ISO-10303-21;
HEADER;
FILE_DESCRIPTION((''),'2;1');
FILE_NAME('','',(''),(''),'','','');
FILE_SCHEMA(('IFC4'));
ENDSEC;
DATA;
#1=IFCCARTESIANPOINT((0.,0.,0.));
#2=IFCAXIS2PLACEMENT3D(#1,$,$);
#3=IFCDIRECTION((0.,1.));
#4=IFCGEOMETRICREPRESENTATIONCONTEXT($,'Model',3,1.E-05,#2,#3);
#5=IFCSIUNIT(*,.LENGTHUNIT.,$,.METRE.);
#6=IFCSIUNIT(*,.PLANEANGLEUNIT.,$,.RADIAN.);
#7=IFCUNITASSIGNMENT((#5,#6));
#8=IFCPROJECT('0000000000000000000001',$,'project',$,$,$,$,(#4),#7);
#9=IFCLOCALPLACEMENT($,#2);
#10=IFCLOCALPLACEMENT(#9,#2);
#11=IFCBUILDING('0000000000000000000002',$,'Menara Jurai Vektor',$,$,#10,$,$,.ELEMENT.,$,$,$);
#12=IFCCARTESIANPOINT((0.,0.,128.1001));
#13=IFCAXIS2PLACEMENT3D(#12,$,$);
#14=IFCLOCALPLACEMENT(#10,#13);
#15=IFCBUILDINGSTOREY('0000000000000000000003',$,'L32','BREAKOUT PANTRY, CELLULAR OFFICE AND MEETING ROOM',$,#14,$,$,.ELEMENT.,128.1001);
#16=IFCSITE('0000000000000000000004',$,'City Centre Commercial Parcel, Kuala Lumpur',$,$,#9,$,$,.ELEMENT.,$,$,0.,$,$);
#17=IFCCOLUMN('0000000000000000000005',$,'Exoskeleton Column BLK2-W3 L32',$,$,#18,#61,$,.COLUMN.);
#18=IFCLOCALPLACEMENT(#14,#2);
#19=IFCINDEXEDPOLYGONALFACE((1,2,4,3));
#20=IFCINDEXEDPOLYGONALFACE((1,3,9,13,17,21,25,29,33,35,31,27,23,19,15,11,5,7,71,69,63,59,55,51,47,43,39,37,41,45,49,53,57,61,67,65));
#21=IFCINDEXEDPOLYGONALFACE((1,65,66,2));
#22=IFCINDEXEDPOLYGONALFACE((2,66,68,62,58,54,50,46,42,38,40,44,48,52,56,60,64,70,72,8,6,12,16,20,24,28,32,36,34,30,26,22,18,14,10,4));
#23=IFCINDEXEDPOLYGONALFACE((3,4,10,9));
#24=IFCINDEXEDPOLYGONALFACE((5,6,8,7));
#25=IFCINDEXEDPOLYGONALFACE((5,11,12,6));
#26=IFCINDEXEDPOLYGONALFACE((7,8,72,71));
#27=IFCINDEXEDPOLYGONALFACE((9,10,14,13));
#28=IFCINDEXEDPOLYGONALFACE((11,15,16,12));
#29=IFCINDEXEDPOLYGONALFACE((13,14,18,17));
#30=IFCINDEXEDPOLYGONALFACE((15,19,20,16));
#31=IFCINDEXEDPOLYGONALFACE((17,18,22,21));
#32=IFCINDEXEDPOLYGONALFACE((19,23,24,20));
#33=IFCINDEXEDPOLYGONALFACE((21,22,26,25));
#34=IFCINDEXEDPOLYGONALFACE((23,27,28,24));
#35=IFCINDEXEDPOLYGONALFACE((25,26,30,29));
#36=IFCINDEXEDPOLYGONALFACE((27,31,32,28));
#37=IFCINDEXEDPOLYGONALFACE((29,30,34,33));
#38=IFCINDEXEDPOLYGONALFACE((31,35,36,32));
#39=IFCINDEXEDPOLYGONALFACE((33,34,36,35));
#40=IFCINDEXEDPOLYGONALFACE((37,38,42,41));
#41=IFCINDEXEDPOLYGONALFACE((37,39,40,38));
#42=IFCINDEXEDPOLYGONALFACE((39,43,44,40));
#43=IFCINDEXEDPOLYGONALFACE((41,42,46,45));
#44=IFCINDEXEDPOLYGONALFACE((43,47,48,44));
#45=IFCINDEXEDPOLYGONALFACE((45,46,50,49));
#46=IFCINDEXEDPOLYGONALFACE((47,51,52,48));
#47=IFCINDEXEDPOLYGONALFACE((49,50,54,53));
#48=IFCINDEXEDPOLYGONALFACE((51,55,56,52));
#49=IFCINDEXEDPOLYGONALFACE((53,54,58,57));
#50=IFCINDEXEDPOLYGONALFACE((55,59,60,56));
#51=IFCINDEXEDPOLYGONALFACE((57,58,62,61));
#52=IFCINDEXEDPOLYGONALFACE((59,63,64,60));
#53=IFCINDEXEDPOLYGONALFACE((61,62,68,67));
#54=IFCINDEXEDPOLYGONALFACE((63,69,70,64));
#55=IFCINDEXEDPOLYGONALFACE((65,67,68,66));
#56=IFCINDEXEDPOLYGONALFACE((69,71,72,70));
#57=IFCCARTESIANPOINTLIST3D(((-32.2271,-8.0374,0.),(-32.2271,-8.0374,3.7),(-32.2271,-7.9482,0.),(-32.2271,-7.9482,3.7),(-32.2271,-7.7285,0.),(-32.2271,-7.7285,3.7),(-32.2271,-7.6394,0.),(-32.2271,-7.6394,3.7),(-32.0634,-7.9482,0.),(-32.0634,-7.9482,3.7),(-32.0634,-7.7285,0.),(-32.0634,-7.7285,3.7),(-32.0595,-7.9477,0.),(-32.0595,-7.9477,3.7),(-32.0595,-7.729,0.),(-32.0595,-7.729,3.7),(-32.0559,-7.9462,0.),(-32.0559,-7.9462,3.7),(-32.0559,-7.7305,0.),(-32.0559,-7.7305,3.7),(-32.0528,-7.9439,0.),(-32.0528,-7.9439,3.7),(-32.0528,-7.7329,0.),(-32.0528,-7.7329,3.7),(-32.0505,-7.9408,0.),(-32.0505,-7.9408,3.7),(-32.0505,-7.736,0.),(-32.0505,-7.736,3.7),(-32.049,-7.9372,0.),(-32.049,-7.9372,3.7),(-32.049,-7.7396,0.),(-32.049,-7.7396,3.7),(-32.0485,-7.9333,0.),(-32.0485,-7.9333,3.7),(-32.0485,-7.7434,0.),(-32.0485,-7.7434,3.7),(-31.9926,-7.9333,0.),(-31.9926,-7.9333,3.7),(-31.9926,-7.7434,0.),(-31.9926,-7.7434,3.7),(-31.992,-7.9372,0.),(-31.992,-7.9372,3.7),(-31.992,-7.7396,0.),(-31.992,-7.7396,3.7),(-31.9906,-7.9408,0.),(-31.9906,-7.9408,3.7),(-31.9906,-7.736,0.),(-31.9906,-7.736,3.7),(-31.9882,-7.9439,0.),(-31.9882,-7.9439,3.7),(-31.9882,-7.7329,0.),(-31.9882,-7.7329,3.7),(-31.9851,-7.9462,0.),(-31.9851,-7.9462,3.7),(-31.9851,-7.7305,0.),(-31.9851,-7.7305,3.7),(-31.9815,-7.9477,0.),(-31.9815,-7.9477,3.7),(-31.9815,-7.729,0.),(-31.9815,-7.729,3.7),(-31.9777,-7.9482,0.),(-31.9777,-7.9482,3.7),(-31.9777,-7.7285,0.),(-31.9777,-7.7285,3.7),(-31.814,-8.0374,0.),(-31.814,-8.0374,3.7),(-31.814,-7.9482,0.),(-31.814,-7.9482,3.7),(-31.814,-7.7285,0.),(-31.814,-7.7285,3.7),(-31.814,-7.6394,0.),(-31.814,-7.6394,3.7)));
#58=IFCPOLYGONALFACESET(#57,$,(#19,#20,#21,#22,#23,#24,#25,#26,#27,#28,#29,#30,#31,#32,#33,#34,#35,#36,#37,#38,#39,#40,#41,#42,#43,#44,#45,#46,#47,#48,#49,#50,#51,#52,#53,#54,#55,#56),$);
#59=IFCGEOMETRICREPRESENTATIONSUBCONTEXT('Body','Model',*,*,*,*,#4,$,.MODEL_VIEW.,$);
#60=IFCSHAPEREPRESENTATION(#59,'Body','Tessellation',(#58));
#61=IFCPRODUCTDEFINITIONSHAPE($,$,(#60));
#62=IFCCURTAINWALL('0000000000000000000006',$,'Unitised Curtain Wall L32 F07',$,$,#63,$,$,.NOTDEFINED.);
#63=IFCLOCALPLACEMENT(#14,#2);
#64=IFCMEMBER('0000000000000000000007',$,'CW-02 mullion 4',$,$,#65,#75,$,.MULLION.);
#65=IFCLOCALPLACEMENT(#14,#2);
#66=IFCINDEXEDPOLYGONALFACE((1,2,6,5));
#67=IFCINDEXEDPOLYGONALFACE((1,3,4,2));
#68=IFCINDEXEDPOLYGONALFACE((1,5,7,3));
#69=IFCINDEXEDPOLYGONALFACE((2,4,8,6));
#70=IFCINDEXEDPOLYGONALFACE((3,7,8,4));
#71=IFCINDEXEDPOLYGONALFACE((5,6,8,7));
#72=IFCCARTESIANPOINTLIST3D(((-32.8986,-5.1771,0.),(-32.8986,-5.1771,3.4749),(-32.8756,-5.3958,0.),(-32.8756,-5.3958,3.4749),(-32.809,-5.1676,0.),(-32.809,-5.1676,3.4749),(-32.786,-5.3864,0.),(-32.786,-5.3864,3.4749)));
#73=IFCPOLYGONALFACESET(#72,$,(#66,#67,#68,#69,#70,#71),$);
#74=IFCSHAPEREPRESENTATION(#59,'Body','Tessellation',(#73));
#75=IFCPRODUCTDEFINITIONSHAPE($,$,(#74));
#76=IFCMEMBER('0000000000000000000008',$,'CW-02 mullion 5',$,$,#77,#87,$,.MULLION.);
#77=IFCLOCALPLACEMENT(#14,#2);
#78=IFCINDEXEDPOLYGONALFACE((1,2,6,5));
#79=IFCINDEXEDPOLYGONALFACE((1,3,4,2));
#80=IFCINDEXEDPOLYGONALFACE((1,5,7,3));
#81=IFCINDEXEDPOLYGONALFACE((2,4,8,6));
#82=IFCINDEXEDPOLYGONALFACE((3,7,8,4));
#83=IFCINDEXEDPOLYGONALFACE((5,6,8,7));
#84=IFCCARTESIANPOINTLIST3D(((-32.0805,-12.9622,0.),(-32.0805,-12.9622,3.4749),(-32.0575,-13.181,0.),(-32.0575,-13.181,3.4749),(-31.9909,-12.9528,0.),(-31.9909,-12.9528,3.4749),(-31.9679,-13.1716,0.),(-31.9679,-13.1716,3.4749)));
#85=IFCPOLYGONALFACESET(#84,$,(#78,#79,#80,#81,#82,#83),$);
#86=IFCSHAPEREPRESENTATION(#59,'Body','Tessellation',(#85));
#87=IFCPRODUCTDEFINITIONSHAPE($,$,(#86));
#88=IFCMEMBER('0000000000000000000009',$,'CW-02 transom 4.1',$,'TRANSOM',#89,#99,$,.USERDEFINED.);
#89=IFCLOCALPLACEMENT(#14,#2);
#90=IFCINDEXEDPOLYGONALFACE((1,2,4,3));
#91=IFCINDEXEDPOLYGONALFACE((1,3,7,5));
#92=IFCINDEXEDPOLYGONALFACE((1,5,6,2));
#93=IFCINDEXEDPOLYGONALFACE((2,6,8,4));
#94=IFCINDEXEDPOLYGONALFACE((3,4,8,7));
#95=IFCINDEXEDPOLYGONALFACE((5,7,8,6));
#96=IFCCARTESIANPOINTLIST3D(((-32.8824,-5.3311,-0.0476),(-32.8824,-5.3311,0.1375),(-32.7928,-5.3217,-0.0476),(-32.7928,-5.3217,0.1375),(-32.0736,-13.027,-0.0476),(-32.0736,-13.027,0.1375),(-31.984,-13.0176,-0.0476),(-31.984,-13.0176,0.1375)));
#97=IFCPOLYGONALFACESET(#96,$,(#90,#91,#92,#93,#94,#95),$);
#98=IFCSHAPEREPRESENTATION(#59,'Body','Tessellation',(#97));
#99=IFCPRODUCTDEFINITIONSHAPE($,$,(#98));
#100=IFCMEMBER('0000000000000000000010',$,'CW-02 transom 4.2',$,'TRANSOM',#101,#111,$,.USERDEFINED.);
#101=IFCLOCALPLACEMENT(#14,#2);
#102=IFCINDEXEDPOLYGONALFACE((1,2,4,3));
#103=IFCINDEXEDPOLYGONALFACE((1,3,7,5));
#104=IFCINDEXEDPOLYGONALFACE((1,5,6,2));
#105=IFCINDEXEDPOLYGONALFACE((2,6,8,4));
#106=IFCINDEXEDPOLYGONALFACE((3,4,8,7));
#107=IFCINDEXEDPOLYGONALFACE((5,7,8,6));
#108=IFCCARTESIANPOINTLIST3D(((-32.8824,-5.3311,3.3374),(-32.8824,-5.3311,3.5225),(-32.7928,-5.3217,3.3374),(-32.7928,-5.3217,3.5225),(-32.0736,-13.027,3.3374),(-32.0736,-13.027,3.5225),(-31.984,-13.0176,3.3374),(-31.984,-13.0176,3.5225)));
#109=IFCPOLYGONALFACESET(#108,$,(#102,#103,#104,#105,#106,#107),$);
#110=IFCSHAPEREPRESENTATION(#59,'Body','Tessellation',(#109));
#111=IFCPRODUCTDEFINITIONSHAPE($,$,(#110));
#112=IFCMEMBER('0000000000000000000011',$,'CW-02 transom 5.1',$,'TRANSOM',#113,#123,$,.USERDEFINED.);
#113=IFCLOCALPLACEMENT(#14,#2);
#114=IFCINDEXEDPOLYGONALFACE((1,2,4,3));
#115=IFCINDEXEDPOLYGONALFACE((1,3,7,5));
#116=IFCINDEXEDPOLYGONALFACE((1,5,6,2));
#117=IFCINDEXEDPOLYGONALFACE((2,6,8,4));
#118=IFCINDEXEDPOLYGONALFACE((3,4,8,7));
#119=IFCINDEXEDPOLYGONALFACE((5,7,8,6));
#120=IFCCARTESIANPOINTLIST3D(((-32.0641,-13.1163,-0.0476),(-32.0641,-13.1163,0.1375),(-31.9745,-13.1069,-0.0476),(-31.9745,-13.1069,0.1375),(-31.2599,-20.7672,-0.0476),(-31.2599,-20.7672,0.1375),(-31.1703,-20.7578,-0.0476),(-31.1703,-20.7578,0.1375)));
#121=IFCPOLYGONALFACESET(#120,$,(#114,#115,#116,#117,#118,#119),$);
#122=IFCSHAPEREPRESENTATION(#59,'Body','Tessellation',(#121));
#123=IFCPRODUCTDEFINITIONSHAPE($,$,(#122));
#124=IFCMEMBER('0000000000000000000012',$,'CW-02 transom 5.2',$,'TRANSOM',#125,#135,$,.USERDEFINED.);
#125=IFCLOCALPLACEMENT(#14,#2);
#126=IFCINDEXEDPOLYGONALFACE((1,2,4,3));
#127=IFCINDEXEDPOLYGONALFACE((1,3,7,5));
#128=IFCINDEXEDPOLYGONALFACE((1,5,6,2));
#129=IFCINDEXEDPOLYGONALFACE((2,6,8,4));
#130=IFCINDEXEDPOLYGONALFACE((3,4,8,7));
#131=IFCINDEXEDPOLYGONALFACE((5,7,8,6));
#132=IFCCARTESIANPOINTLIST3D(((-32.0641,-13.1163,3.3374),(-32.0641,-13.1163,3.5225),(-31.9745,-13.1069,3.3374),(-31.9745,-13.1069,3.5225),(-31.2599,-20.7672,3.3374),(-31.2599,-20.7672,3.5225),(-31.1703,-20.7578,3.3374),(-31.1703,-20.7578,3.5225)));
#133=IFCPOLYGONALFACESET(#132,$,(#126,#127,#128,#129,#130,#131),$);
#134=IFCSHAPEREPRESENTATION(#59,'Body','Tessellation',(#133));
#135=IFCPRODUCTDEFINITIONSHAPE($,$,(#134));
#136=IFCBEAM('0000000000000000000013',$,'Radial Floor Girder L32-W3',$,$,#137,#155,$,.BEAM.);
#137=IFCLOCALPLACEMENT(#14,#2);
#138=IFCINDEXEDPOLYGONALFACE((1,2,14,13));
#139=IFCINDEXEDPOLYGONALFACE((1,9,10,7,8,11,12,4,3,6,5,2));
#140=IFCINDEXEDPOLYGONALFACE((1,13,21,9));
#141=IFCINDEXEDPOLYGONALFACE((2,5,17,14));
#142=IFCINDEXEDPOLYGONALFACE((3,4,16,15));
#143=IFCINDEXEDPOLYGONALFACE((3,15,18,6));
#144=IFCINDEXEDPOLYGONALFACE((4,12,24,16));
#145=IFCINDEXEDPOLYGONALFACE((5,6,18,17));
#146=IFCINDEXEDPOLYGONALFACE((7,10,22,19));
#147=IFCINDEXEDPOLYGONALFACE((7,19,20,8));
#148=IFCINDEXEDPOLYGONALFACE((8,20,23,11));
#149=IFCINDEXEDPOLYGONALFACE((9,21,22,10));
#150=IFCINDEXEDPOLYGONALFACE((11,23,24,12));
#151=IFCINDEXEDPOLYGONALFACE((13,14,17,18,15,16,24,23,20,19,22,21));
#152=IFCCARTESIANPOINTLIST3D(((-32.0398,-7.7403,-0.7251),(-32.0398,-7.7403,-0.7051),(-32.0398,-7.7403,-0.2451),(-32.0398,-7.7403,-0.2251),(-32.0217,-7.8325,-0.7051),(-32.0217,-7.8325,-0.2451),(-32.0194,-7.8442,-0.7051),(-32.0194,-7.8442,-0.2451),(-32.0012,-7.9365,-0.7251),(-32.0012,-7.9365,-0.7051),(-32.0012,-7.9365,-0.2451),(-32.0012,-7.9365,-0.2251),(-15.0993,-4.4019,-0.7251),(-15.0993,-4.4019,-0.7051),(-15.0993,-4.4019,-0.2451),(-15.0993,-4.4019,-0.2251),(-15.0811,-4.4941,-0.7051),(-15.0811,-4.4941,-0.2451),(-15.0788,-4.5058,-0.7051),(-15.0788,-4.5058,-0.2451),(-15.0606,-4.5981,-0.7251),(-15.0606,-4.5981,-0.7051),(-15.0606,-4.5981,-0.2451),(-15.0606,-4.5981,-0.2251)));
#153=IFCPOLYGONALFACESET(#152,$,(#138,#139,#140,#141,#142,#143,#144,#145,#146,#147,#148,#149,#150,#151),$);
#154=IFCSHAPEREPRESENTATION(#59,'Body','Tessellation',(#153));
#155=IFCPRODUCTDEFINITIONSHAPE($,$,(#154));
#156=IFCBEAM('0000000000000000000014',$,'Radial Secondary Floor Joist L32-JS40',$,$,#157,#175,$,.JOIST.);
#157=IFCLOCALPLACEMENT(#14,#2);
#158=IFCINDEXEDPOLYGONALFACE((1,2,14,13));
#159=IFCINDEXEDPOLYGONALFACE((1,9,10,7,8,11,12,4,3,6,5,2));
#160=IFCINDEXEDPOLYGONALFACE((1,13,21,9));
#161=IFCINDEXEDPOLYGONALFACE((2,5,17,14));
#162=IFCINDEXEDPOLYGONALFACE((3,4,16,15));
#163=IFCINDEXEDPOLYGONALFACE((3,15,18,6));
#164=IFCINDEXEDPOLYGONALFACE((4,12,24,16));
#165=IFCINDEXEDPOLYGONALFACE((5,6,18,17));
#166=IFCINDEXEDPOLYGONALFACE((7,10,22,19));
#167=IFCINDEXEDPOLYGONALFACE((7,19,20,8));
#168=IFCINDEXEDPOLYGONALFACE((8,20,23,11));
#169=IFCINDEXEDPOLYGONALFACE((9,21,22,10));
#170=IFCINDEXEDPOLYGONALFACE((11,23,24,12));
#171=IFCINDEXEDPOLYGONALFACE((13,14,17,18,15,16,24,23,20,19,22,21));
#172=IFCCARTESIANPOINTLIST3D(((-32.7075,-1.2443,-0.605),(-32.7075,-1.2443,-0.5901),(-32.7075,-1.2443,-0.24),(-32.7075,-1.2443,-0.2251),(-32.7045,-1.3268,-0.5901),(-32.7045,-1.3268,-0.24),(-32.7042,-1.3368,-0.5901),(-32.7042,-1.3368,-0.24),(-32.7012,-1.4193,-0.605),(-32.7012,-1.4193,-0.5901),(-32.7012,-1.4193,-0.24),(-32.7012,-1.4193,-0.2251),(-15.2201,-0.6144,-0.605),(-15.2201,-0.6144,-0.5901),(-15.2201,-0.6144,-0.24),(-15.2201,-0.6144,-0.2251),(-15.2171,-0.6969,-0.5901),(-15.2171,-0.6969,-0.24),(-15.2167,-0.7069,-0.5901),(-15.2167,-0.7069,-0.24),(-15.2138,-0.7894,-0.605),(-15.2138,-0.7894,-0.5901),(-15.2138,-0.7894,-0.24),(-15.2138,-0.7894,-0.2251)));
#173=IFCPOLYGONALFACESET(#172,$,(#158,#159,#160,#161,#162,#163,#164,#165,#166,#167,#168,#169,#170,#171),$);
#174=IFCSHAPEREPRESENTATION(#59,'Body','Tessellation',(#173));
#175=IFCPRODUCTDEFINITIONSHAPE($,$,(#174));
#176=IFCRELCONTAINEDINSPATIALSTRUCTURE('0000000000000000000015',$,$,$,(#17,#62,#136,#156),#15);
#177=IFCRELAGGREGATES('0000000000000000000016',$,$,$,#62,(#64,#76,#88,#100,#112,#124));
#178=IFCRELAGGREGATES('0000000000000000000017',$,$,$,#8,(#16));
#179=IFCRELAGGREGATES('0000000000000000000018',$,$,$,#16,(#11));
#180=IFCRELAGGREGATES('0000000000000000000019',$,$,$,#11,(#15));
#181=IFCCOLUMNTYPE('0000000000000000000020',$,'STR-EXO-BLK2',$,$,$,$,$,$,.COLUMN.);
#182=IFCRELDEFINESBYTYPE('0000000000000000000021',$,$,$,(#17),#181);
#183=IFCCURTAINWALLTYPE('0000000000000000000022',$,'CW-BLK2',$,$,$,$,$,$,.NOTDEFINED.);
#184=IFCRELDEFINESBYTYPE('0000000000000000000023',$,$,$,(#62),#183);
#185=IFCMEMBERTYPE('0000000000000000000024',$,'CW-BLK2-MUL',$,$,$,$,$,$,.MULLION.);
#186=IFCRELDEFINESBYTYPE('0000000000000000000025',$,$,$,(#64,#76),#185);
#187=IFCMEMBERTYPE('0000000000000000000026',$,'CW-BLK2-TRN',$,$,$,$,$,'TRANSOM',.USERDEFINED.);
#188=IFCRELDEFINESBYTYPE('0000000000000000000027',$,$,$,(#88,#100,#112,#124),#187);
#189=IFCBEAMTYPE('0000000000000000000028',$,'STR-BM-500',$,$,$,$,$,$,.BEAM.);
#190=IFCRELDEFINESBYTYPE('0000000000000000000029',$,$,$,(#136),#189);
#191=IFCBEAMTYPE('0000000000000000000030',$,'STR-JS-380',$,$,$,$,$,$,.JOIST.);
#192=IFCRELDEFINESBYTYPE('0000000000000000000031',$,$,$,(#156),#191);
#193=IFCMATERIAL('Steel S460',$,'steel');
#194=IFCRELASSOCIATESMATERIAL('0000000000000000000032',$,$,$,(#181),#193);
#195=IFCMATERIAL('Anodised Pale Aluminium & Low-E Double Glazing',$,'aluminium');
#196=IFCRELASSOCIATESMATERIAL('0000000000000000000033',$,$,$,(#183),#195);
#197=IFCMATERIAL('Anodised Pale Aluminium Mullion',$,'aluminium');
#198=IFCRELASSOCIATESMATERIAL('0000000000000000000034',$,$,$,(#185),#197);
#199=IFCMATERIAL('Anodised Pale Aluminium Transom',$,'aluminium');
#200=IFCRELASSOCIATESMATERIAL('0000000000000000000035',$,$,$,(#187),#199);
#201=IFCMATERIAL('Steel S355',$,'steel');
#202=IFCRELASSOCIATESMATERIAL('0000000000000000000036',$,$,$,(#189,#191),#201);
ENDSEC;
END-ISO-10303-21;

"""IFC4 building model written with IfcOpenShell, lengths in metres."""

from ifc_helpers import new_model, si_unit, direction, frame, origin, origin_2d, place, context, subcontext, project, spatial, rectangle, i_section, extrude, material, material_profile, profile_set, type_object, element, aggregate, save


model = new_model("IFC4")

# Units and contexts
model_context = context("Model", 3, precision=1e-05, world=origin(), true_north=direction((0.0, 1.0)))
body_context = subcontext(model_context, "Body", "Model", "MODEL_VIEW")
ifc_project = project(units=[si_unit("LENGTHUNIT", "METRE"), si_unit("PLANEANGLEUNIT", "RADIAN")], contexts=[model_context])

# Site, building, storey
site_placement = place(None, origin())
site = spatial("IfcSite", under=ifc_project, at=site_placement, Name="City Centre Commercial Parcel, Kuala Lumpur", CompositionType="ELEMENT", RefElevation=0.0)
building_placement = place(site_placement, origin())
building = spatial("IfcBuilding", under=site, at=building_placement, Name="Menara Jurai Vektor", CompositionType="ELEMENT")
storey_placement = place(building_placement, frame((0.0, 0.0, 128.1001)))
storey = spatial("IfcBuildingStorey", under=building, at=storey_placement, Name="L32", Description="BREAKOUT PANTRY, CELLULAR OFFICE AND MEETING ROOM", CompositionType="ELEMENT", Elevation=128.1001)

# Column
ifc_material_1 = material(Name="Steel S460", Category="steel")
ifc_material_profile_1 = material_profile(ifc_material_1, i_section(OverallWidth=0.4131, OverallDepth=0.3979, WebThickness=0.0559, FlangeThickness=0.0891, FilletRadius=0.0149, at=origin_2d()), Name="HD 400x744")
ifc_profile_set_1 = profile_set([ifc_material_profile_1], Name="Steel S460")
column_type = type_object("IfcColumnType", Name="STR-EXO-BLK2", PredefinedType="COLUMN", material=ifc_profile_set_1)
column_placement = place(storey_placement, frame((-32.0205, -7.8384, 0.0), z_axis=(0.0, 0.0, 1.0), x_axis=(1.0, 0.0, 0.0)))
element("IfcColumn", 1, at=column_placement, inside=storey, type_object=column_type, Name="Exoskeleton Column BLK2-W3 L32", PredefinedType="COLUMN", context=body_context, shape_type="SweptSolid", body=[
    extrude(i_section(OverallWidth=0.4131, OverallDepth=0.3979, WebThickness=0.0559, FlangeThickness=0.0891, FilletRadius=0.0149, at=origin_2d()), origin(), (0.0, 0.0, 1.0), 3.7),
])

# Curtain wall, members
ifc_material_2 = material(Name="Anodised Pale Aluminium & Low-E Double Glazing", Category="aluminium")
curtain_wall_type = type_object("IfcCurtainWallType", Name="CW-BLK2", PredefinedType="NOTDEFINED", material=ifc_material_2)
curtain_wall_placement = place(storey_placement, origin())
curtain_wall = element("IfcCurtainWall", 2, at=curtain_wall_placement, inside=storey, type_object=curtain_wall_type, Name="Unitised Curtain Wall L32 F07", PredefinedType="NOTDEFINED")
ifc_material_3 = material(Name="Anodised Pale Aluminium Mullion", Category="aluminium")
ifc_material_profile_2 = material_profile(ifc_material_3, rectangle(XDim=0.0901, YDim=0.22, at=origin_2d()), Name="ALU MUL 90x220")
ifc_profile_set_2 = profile_set([ifc_material_profile_2], Name="Anodised Pale Aluminium Mullion")
member_type_1 = type_object("IfcMemberType", Name="CW-BLK2-MUL", PredefinedType="MULLION", material=ifc_profile_set_2)
member_1_placement = place(storey_placement, frame((-32.8423, -5.2817, 0.0), z_axis=(0.0, 0.0, 1.0), x_axis=(0.994522, 0.10453, 0.0)))
member_1 = element("IfcMember", 3, at=member_1_placement, type_object=member_type_1, Name="CW-02 mullion 4", PredefinedType="MULLION", context=body_context, shape_type="SweptSolid", body=[
    extrude(rectangle(XDim=0.0901, YDim=0.22, at=origin_2d()), origin(), (0.0, 0.0, 1.0), 3.4749),
])
member_2_placement = place(storey_placement, frame((-32.0242, -13.0669, 0.0), z_axis=(0.0, 0.0, 1.0), x_axis=(0.994522, 0.10453, 0.0)))
member_2 = element("IfcMember", 4, at=member_2_placement, type_object=member_type_1, Name="CW-02 mullion 5", PredefinedType="MULLION", context=body_context, shape_type="SweptSolid", body=[
    extrude(rectangle(XDim=0.0901, YDim=0.22, at=origin_2d()), origin(), (0.0, 0.0, 1.0), 3.4749),
])
ifc_material_4 = material(Name="Anodised Pale Aluminium Transom", Category="aluminium")
ifc_material_profile_3 = material_profile(ifc_material_4, rectangle(XDim=0.0901, YDim=0.1851, at=origin_2d()), Name="ALU TRN 90x185")
ifc_profile_set_3 = profile_set([ifc_material_profile_3], Name="Anodised Pale Aluminium Transom")
member_type_2 = type_object("IfcMemberType", Name="CW-BLK2-TRN", ElementType="TRANSOM", PredefinedType="USERDEFINED", material=ifc_profile_set_3)
member_3_placement = place(storey_placement, frame((-32.8376, -5.3264, 0.0449), z_axis=(0.104525, -0.994522, 0.0), x_axis=(0.994522, 0.104525, 0.0)))
member_3 = element("IfcMember", 5, at=member_3_placement, type_object=member_type_2, Name="CW-02 transom 4.1", ObjectType="TRANSOM", PredefinedType="USERDEFINED", context=body_context, shape_type="SweptSolid", body=[
    extrude(rectangle(XDim=0.0901, YDim=0.1851, at=origin_2d()), origin(), (0.0, 0.0, 1.0), 7.7383),
])
member_4_placement = place(storey_placement, frame((-32.8376, -5.3264, 3.4299), z_axis=(0.104525, -0.994522, 0.0), x_axis=(0.994522, 0.104525, 0.0)))
member_4 = element("IfcMember", 6, at=member_4_placement, type_object=member_type_2, Name="CW-02 transom 4.2", ObjectType="TRANSOM", PredefinedType="USERDEFINED", context=body_context, shape_type="SweptSolid", body=[
    extrude(rectangle(XDim=0.0901, YDim=0.1851, at=origin_2d()), origin(), (0.0, 0.0, 1.0), 7.7383),
])
member_5_placement = place(storey_placement, frame((-32.0193, -13.1116, 0.0449), z_axis=(0.104536, -0.994521, 0.0), x_axis=(0.994521, 0.104536, 0.0)))
member_5 = element("IfcMember", 7, at=member_5_placement, type_object=member_type_2, Name="CW-02 transom 5.1", ObjectType="TRANSOM", PredefinedType="USERDEFINED", context=body_context, shape_type="SweptSolid", body=[
    extrude(rectangle(XDim=0.0901, YDim=0.1851, at=origin_2d()), origin(), (0.0, 0.0, 1.0), 7.6931),
])
member_6_placement = place(storey_placement, frame((-32.0193, -13.1116, 3.4299), z_axis=(0.104536, -0.994521, 0.0), x_axis=(0.994521, 0.104536, 0.0)))
member_6 = element("IfcMember", 8, at=member_6_placement, type_object=member_type_2, Name="CW-02 transom 5.2", ObjectType="TRANSOM", PredefinedType="USERDEFINED", context=body_context, shape_type="SweptSolid", body=[
    extrude(rectangle(XDim=0.0901, YDim=0.1851, at=origin_2d()), origin(), (0.0, 0.0, 1.0), 7.6931),
])

# Beams
ifc_material_5 = material(Name="Steel S355", Category="steel")
ifc_material_profile_4 = material_profile(ifc_material_5, i_section(OverallWidth=0.2, OverallDepth=0.5, WebThickness=0.012, FlangeThickness=0.02, at=origin_2d()), Name="PG 500x200x96")
ifc_profile_set_4 = profile_set([ifc_material_profile_4], Name="Steel S355")
beam_type_1 = type_object("IfcBeamType", Name="STR-BM-500", PredefinedType="BEAM", material=ifc_profile_set_4)
beam_1_placement = place(storey_placement, frame((-32.0205, -7.8384, -0.4751), z_axis=(0.98113, 0.193347, 0.0), x_axis=(-0.193347, 0.98113, 0.0)))
element("IfcBeam", 9, at=beam_1_placement, inside=storey, type_object=beam_type_1, Name="Radial Floor Girder L32-W3", PredefinedType="BEAM", context=body_context, shape_type="SweptSolid", body=[
    extrude(i_section(OverallWidth=0.2, OverallDepth=0.5, WebThickness=0.012, FlangeThickness=0.02, at=origin_2d()), origin(), (0.0, 0.0, 1.0), 17.2664),
])
ifc_material_profile_5 = material_profile(ifc_material_5, i_section(OverallWidth=0.175, OverallDepth=0.3799, WebThickness=0.01, FlangeThickness=0.0149, at=origin_2d()), Name="PG 380x175x58")
ifc_profile_set_5 = profile_set([ifc_material_profile_5], Name="Steel S355")
beam_type_2 = type_object("IfcBeamType", Name="STR-JS-380", PredefinedType="JOIST", material=ifc_profile_set_5)
beam_2_placement = place(storey_placement, frame((-32.7043, -1.3318, -0.415), z_axis=(0.999352, 0.035996, 0.0), x_axis=(-0.035996, 0.999352, 0.0)))
element("IfcBeam", 10, at=beam_2_placement, inside=storey, type_object=beam_type_2, Name="Radial Secondary Floor Joist L32-JS40", PredefinedType="JOIST", context=body_context, shape_type="SweptSolid", body=[
    extrude(i_section(OverallWidth=0.175, OverallDepth=0.3799, WebThickness=0.01, FlangeThickness=0.0149, at=origin_2d()), origin(), (0.0, 0.0, 1.0), 17.4988),
])

aggregate(curtain_wall, [member_1, member_2, member_3, member_4, member_5, member_6])

save(model, "model.ifc")
